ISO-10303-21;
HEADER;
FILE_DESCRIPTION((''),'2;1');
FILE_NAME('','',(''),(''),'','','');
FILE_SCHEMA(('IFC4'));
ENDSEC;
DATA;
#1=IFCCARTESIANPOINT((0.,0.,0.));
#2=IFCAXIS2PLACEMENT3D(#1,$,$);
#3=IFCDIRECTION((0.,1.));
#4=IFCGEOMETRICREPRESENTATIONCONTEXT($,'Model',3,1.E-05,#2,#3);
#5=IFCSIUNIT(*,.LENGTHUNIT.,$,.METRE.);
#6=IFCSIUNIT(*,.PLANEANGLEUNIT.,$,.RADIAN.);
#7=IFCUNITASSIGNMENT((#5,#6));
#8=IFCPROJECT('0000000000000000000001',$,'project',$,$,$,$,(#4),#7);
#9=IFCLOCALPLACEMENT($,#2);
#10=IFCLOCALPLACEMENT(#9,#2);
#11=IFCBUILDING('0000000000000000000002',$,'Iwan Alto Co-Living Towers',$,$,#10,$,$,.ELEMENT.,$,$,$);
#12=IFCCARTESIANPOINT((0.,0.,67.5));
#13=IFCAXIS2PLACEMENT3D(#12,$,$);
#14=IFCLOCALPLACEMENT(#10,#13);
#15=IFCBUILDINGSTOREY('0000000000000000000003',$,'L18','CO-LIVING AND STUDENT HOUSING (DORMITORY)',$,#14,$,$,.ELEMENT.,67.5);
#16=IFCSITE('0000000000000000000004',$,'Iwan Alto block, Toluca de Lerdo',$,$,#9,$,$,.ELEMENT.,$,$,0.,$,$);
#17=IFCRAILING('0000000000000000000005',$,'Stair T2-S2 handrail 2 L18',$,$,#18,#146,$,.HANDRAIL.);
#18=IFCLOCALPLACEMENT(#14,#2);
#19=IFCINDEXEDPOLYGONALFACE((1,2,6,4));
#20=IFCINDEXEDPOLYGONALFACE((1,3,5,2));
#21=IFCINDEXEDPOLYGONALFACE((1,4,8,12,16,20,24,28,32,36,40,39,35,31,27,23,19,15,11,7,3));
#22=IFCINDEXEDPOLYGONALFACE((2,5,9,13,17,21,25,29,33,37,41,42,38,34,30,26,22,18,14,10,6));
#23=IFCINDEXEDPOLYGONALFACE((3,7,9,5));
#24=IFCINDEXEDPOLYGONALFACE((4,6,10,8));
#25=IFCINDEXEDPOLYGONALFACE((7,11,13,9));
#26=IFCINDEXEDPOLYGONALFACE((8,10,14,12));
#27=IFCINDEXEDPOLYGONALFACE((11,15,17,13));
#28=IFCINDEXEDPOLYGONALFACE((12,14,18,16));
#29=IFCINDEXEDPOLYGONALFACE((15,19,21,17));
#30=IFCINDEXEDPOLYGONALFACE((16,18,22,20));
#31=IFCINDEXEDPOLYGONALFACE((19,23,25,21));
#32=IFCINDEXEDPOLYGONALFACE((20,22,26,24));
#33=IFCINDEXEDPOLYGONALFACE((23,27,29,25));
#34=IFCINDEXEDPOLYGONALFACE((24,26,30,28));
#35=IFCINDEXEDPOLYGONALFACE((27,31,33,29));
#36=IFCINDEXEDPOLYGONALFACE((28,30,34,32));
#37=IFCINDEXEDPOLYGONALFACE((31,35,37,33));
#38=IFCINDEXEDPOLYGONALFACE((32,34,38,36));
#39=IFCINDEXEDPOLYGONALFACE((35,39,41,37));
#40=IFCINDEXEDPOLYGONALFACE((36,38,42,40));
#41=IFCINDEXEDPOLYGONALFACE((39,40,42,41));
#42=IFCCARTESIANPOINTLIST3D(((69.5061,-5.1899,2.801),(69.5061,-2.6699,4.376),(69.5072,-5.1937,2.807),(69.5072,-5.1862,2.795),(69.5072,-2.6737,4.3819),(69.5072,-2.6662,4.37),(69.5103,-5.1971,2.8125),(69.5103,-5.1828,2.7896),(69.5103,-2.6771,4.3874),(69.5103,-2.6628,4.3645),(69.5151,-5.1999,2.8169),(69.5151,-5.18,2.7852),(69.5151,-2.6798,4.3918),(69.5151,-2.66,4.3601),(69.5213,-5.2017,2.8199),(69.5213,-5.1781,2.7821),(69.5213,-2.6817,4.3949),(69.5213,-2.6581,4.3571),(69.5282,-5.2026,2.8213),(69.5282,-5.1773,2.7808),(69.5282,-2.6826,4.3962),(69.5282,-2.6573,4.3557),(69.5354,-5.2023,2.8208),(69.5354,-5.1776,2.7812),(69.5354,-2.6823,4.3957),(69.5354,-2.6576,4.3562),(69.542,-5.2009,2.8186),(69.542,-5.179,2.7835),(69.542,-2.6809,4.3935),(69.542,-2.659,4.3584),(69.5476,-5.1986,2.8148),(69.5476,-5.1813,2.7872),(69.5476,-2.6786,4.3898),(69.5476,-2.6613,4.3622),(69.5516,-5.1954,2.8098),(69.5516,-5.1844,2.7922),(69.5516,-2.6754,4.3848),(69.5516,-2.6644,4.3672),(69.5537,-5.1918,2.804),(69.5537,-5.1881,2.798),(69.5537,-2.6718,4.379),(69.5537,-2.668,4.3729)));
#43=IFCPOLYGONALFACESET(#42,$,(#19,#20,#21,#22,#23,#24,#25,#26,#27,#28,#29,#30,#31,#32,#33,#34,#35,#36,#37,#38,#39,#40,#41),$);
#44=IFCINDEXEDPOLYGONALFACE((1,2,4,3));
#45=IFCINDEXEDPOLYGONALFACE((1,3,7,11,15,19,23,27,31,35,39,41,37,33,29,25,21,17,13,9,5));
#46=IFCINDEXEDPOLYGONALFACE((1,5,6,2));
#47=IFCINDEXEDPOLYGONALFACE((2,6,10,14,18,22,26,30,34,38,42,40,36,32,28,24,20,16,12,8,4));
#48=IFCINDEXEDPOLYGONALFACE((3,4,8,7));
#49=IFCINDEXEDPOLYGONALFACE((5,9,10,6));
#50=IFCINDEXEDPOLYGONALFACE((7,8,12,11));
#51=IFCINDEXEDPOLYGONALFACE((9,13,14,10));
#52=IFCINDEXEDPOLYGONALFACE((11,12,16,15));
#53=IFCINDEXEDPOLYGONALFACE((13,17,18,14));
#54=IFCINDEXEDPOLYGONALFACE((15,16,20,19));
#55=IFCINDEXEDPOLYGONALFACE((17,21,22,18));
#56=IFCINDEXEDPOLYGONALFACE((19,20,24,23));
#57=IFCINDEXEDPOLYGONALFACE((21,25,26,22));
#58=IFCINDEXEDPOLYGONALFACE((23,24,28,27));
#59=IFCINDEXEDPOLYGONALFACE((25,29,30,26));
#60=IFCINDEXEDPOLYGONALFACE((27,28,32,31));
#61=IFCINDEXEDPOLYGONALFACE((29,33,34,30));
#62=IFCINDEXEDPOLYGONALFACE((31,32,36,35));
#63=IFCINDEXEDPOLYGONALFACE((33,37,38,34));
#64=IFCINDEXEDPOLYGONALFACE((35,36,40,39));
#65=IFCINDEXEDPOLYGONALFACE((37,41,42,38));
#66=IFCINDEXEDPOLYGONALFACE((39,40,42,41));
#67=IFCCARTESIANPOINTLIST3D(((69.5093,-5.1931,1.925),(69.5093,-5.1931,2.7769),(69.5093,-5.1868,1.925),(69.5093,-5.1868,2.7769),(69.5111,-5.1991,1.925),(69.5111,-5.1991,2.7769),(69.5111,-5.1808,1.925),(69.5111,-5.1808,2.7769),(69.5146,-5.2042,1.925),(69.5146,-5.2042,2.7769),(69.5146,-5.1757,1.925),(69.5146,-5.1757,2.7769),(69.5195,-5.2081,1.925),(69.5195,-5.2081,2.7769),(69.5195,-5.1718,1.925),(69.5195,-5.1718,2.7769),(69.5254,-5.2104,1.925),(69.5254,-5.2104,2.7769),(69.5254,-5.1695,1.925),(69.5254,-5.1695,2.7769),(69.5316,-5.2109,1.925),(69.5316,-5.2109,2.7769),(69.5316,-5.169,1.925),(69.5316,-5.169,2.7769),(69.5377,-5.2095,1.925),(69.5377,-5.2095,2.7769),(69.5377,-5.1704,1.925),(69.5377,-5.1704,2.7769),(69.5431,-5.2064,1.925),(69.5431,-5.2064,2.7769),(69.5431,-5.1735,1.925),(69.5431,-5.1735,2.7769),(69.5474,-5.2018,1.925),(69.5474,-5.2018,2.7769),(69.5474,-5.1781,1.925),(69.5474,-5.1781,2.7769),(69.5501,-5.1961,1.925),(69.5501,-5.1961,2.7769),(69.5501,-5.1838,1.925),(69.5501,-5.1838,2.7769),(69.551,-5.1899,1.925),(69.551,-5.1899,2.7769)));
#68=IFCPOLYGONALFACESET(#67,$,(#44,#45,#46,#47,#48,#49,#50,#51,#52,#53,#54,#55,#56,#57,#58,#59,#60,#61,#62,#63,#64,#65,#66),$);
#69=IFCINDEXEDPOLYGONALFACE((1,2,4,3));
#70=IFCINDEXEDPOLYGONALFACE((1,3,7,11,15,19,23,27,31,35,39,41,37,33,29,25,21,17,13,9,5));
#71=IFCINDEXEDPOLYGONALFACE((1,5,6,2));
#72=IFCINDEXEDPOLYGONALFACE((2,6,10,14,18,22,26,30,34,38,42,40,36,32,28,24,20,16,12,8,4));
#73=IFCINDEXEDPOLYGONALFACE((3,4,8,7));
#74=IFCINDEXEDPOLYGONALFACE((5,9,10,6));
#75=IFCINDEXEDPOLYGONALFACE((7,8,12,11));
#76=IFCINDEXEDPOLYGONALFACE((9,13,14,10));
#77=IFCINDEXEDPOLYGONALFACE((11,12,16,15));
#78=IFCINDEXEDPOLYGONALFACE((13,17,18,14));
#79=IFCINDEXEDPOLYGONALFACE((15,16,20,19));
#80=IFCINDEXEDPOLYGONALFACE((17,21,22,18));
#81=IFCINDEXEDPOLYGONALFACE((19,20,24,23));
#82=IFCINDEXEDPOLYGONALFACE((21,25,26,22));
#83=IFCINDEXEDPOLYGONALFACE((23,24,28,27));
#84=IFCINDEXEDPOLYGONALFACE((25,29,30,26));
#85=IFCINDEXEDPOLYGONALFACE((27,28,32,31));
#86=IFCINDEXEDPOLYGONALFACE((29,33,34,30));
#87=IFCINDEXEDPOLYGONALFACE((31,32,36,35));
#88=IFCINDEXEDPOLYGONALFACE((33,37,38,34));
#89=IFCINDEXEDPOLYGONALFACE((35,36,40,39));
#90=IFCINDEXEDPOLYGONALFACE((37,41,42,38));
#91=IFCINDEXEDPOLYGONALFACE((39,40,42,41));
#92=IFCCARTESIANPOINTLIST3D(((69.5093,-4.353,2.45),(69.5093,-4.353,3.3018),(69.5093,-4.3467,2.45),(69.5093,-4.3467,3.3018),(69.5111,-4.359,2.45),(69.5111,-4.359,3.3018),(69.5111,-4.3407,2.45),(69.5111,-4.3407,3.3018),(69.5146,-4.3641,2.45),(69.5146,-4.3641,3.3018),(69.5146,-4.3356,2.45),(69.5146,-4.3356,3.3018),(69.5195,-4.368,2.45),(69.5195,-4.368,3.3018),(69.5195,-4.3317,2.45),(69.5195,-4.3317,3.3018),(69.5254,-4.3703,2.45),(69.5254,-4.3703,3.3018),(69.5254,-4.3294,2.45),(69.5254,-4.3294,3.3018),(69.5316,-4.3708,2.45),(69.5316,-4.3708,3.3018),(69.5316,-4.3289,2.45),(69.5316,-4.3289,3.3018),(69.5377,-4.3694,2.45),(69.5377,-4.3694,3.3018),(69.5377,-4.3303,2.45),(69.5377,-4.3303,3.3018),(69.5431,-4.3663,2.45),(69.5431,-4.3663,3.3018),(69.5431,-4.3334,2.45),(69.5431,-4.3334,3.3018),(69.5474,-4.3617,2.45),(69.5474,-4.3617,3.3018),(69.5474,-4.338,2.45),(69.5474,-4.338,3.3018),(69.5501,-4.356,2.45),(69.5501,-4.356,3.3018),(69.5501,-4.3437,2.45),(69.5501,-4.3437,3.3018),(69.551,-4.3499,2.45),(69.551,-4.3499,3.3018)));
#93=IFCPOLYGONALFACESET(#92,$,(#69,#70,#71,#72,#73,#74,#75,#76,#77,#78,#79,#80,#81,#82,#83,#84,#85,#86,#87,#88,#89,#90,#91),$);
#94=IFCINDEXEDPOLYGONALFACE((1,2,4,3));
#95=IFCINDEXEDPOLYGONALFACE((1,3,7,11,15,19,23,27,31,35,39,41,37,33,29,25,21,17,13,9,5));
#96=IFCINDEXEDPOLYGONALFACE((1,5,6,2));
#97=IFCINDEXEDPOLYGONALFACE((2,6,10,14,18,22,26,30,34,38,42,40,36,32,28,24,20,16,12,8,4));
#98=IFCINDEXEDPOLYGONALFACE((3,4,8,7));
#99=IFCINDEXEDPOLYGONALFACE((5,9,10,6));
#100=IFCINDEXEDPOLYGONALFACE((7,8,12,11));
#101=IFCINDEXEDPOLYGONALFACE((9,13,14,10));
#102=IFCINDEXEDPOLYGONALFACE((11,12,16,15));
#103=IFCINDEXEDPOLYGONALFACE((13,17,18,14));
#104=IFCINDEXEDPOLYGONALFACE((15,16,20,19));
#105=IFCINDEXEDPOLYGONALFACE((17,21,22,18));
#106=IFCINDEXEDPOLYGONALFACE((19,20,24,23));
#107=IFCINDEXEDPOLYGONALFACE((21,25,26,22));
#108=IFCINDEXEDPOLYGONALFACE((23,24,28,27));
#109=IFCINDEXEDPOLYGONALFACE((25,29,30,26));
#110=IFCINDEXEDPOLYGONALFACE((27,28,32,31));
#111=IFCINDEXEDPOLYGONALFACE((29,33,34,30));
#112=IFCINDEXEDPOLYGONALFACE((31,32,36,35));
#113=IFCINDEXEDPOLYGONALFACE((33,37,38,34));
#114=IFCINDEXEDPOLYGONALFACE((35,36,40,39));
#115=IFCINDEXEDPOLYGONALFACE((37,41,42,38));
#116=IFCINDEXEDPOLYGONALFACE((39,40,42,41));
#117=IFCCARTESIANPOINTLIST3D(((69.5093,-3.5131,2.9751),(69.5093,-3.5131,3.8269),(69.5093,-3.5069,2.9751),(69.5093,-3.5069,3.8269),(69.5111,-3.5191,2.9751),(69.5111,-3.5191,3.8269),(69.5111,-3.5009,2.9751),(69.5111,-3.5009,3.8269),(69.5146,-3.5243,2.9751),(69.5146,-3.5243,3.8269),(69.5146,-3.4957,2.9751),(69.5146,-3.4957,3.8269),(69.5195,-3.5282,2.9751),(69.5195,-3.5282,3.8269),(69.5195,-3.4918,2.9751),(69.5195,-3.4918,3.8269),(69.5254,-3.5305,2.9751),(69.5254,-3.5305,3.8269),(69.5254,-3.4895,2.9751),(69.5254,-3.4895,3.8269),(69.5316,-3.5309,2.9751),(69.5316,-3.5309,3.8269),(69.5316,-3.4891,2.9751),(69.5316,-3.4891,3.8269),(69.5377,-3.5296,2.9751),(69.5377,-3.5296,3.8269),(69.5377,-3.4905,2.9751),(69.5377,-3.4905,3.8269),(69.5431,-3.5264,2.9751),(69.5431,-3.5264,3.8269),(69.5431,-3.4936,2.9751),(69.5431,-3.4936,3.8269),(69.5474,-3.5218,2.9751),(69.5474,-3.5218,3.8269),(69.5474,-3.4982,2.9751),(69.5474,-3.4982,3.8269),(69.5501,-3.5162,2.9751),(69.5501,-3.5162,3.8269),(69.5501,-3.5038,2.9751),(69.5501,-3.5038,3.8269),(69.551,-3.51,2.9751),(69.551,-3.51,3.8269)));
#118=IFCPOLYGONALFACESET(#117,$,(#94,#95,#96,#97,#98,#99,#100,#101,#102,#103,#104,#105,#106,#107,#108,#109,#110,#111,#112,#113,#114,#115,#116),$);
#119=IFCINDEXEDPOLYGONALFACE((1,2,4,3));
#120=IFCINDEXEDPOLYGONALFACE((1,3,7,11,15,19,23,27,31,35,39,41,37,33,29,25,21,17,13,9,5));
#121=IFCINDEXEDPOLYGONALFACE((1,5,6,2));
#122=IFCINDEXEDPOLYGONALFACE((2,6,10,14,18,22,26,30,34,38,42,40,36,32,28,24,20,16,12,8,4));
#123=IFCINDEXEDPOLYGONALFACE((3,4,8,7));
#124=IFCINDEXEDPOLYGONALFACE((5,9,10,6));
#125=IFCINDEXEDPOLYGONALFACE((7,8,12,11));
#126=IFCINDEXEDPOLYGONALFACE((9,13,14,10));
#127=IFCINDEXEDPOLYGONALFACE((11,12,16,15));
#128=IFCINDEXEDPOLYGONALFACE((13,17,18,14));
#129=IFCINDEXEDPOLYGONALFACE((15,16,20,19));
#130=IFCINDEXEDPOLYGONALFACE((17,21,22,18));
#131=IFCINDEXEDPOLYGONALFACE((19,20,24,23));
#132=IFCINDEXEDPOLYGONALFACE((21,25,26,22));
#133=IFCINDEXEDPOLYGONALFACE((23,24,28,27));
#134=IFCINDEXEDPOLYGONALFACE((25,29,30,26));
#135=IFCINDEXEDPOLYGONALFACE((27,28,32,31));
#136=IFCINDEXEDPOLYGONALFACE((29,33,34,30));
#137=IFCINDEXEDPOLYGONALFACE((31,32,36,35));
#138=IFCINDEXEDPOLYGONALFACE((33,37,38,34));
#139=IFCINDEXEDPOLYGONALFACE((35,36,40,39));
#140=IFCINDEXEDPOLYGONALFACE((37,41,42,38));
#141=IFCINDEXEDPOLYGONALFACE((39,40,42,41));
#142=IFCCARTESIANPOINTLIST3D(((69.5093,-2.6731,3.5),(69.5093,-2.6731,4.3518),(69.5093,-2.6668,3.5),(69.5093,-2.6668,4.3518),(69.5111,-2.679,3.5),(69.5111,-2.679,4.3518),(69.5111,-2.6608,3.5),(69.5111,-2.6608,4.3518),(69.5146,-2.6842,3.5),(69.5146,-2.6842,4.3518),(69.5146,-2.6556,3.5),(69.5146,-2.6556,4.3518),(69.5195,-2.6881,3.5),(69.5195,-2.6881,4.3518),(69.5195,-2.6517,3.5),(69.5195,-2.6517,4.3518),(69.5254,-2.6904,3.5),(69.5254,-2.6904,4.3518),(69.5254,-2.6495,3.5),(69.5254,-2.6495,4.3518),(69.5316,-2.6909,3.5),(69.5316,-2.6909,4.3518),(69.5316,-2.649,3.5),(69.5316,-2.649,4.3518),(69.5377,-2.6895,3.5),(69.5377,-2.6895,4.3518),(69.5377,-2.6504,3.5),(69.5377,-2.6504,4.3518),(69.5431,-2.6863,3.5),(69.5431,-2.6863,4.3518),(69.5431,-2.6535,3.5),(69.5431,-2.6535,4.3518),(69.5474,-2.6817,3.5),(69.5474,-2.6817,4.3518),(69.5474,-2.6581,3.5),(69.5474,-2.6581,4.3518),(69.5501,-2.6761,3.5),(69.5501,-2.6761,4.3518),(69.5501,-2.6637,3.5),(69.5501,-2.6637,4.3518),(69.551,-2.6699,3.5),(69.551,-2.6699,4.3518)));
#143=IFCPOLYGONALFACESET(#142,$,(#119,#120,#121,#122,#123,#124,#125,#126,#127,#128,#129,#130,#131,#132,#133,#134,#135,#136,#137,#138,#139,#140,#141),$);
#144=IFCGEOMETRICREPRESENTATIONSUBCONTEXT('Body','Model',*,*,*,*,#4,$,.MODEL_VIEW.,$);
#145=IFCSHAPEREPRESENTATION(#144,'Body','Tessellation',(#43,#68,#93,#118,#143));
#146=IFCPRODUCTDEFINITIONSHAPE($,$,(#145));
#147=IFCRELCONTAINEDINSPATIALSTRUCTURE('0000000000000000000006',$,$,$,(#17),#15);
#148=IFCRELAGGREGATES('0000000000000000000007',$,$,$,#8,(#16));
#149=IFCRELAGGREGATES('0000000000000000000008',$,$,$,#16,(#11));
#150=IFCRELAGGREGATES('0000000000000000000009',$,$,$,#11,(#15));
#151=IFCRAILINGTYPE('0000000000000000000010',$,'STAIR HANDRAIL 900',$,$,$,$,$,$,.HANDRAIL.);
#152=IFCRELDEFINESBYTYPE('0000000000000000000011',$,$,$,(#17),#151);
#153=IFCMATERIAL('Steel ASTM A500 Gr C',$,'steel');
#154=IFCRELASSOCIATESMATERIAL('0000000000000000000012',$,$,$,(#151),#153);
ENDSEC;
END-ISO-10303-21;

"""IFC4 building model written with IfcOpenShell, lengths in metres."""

from ifc_helpers import new_model, si_unit, direction, frame, origin, origin_2d, place, context, subcontext, project, spatial, circle, extrude, material, type_object, element, save


model = new_model("IFC4")

# Units and contexts
model_context = context("Model", 3, precision=1e-05, world=origin(), true_north=direction((0.0, 1.0)))
body_context = subcontext(model_context, "Body", "Model", "MODEL_VIEW")
ifc_project = project(units=[si_unit("LENGTHUNIT", "METRE"), si_unit("PLANEANGLEUNIT", "RADIAN")], contexts=[model_context])

# Site, building, storey
site_placement = place(None, origin())
site = spatial("IfcSite", under=ifc_project, at=site_placement, Name="Iwan Alto block, Toluca de Lerdo", CompositionType="ELEMENT", RefElevation=0.0)
building_placement = place(site_placement, origin())
building = spatial("IfcBuilding", under=site, at=building_placement, Name="Iwan Alto Co-Living Towers", CompositionType="ELEMENT")
storey_placement = place(building_placement, frame((0.0, 0.0, 67.5)))
storey = spatial("IfcBuildingStorey", under=building, at=storey_placement, Name="L18", Description="CO-LIVING AND STUDENT HOUSING (DORMITORY)", CompositionType="ELEMENT", Elevation=67.5)

# Railing
ifc_material_1 = material(Name="Steel ASTM A500 Gr C", Category="steel")
railing_type = type_object("IfcRailingType", Name="STAIR HANDRAIL 900", PredefinedType="HANDRAIL", material=ifc_material_1)
railing_placement = place(storey_placement, frame((69.53, -5.1899, 1.925)))
element("IfcRailing", 1, at=railing_placement, inside=storey, type_object=railing_type, Name="Stair T2-S2 handrail 2 L18", PredefinedType="HANDRAIL", context=body_context, shape_type="SweptSolid", body=[
    extrude(circle(Radius=0.0239, at=origin_2d()), frame((0.0, 0.0, 0.876), z_axis=(0.0, 0.848008, 0.529984), x_axis=(-1.0, 0.0, 0.0)), (0.0, 0.0, 1.0), 2.9717),
    extrude(circle(Radius=0.021, at=origin_2d()), origin(), (0.0, 0.0, 1.0), 0.8518),
    extrude(circle(Radius=0.021, at=origin_2d()), frame((0.0, 0.8401, 0.5249)), (0.0, 0.0, 1.0), 0.8518),
    extrude(circle(Radius=0.021, at=origin_2d()), frame((0.0, 1.6799, 1.05)), (0.0, 0.0, 1.0), 0.8518),
    extrude(circle(Radius=0.021, at=origin_2d()), frame((0.0, 2.52, 1.575)), (0.0, 0.0, 1.0), 0.8518),
])

save(model, "model.ifc")
